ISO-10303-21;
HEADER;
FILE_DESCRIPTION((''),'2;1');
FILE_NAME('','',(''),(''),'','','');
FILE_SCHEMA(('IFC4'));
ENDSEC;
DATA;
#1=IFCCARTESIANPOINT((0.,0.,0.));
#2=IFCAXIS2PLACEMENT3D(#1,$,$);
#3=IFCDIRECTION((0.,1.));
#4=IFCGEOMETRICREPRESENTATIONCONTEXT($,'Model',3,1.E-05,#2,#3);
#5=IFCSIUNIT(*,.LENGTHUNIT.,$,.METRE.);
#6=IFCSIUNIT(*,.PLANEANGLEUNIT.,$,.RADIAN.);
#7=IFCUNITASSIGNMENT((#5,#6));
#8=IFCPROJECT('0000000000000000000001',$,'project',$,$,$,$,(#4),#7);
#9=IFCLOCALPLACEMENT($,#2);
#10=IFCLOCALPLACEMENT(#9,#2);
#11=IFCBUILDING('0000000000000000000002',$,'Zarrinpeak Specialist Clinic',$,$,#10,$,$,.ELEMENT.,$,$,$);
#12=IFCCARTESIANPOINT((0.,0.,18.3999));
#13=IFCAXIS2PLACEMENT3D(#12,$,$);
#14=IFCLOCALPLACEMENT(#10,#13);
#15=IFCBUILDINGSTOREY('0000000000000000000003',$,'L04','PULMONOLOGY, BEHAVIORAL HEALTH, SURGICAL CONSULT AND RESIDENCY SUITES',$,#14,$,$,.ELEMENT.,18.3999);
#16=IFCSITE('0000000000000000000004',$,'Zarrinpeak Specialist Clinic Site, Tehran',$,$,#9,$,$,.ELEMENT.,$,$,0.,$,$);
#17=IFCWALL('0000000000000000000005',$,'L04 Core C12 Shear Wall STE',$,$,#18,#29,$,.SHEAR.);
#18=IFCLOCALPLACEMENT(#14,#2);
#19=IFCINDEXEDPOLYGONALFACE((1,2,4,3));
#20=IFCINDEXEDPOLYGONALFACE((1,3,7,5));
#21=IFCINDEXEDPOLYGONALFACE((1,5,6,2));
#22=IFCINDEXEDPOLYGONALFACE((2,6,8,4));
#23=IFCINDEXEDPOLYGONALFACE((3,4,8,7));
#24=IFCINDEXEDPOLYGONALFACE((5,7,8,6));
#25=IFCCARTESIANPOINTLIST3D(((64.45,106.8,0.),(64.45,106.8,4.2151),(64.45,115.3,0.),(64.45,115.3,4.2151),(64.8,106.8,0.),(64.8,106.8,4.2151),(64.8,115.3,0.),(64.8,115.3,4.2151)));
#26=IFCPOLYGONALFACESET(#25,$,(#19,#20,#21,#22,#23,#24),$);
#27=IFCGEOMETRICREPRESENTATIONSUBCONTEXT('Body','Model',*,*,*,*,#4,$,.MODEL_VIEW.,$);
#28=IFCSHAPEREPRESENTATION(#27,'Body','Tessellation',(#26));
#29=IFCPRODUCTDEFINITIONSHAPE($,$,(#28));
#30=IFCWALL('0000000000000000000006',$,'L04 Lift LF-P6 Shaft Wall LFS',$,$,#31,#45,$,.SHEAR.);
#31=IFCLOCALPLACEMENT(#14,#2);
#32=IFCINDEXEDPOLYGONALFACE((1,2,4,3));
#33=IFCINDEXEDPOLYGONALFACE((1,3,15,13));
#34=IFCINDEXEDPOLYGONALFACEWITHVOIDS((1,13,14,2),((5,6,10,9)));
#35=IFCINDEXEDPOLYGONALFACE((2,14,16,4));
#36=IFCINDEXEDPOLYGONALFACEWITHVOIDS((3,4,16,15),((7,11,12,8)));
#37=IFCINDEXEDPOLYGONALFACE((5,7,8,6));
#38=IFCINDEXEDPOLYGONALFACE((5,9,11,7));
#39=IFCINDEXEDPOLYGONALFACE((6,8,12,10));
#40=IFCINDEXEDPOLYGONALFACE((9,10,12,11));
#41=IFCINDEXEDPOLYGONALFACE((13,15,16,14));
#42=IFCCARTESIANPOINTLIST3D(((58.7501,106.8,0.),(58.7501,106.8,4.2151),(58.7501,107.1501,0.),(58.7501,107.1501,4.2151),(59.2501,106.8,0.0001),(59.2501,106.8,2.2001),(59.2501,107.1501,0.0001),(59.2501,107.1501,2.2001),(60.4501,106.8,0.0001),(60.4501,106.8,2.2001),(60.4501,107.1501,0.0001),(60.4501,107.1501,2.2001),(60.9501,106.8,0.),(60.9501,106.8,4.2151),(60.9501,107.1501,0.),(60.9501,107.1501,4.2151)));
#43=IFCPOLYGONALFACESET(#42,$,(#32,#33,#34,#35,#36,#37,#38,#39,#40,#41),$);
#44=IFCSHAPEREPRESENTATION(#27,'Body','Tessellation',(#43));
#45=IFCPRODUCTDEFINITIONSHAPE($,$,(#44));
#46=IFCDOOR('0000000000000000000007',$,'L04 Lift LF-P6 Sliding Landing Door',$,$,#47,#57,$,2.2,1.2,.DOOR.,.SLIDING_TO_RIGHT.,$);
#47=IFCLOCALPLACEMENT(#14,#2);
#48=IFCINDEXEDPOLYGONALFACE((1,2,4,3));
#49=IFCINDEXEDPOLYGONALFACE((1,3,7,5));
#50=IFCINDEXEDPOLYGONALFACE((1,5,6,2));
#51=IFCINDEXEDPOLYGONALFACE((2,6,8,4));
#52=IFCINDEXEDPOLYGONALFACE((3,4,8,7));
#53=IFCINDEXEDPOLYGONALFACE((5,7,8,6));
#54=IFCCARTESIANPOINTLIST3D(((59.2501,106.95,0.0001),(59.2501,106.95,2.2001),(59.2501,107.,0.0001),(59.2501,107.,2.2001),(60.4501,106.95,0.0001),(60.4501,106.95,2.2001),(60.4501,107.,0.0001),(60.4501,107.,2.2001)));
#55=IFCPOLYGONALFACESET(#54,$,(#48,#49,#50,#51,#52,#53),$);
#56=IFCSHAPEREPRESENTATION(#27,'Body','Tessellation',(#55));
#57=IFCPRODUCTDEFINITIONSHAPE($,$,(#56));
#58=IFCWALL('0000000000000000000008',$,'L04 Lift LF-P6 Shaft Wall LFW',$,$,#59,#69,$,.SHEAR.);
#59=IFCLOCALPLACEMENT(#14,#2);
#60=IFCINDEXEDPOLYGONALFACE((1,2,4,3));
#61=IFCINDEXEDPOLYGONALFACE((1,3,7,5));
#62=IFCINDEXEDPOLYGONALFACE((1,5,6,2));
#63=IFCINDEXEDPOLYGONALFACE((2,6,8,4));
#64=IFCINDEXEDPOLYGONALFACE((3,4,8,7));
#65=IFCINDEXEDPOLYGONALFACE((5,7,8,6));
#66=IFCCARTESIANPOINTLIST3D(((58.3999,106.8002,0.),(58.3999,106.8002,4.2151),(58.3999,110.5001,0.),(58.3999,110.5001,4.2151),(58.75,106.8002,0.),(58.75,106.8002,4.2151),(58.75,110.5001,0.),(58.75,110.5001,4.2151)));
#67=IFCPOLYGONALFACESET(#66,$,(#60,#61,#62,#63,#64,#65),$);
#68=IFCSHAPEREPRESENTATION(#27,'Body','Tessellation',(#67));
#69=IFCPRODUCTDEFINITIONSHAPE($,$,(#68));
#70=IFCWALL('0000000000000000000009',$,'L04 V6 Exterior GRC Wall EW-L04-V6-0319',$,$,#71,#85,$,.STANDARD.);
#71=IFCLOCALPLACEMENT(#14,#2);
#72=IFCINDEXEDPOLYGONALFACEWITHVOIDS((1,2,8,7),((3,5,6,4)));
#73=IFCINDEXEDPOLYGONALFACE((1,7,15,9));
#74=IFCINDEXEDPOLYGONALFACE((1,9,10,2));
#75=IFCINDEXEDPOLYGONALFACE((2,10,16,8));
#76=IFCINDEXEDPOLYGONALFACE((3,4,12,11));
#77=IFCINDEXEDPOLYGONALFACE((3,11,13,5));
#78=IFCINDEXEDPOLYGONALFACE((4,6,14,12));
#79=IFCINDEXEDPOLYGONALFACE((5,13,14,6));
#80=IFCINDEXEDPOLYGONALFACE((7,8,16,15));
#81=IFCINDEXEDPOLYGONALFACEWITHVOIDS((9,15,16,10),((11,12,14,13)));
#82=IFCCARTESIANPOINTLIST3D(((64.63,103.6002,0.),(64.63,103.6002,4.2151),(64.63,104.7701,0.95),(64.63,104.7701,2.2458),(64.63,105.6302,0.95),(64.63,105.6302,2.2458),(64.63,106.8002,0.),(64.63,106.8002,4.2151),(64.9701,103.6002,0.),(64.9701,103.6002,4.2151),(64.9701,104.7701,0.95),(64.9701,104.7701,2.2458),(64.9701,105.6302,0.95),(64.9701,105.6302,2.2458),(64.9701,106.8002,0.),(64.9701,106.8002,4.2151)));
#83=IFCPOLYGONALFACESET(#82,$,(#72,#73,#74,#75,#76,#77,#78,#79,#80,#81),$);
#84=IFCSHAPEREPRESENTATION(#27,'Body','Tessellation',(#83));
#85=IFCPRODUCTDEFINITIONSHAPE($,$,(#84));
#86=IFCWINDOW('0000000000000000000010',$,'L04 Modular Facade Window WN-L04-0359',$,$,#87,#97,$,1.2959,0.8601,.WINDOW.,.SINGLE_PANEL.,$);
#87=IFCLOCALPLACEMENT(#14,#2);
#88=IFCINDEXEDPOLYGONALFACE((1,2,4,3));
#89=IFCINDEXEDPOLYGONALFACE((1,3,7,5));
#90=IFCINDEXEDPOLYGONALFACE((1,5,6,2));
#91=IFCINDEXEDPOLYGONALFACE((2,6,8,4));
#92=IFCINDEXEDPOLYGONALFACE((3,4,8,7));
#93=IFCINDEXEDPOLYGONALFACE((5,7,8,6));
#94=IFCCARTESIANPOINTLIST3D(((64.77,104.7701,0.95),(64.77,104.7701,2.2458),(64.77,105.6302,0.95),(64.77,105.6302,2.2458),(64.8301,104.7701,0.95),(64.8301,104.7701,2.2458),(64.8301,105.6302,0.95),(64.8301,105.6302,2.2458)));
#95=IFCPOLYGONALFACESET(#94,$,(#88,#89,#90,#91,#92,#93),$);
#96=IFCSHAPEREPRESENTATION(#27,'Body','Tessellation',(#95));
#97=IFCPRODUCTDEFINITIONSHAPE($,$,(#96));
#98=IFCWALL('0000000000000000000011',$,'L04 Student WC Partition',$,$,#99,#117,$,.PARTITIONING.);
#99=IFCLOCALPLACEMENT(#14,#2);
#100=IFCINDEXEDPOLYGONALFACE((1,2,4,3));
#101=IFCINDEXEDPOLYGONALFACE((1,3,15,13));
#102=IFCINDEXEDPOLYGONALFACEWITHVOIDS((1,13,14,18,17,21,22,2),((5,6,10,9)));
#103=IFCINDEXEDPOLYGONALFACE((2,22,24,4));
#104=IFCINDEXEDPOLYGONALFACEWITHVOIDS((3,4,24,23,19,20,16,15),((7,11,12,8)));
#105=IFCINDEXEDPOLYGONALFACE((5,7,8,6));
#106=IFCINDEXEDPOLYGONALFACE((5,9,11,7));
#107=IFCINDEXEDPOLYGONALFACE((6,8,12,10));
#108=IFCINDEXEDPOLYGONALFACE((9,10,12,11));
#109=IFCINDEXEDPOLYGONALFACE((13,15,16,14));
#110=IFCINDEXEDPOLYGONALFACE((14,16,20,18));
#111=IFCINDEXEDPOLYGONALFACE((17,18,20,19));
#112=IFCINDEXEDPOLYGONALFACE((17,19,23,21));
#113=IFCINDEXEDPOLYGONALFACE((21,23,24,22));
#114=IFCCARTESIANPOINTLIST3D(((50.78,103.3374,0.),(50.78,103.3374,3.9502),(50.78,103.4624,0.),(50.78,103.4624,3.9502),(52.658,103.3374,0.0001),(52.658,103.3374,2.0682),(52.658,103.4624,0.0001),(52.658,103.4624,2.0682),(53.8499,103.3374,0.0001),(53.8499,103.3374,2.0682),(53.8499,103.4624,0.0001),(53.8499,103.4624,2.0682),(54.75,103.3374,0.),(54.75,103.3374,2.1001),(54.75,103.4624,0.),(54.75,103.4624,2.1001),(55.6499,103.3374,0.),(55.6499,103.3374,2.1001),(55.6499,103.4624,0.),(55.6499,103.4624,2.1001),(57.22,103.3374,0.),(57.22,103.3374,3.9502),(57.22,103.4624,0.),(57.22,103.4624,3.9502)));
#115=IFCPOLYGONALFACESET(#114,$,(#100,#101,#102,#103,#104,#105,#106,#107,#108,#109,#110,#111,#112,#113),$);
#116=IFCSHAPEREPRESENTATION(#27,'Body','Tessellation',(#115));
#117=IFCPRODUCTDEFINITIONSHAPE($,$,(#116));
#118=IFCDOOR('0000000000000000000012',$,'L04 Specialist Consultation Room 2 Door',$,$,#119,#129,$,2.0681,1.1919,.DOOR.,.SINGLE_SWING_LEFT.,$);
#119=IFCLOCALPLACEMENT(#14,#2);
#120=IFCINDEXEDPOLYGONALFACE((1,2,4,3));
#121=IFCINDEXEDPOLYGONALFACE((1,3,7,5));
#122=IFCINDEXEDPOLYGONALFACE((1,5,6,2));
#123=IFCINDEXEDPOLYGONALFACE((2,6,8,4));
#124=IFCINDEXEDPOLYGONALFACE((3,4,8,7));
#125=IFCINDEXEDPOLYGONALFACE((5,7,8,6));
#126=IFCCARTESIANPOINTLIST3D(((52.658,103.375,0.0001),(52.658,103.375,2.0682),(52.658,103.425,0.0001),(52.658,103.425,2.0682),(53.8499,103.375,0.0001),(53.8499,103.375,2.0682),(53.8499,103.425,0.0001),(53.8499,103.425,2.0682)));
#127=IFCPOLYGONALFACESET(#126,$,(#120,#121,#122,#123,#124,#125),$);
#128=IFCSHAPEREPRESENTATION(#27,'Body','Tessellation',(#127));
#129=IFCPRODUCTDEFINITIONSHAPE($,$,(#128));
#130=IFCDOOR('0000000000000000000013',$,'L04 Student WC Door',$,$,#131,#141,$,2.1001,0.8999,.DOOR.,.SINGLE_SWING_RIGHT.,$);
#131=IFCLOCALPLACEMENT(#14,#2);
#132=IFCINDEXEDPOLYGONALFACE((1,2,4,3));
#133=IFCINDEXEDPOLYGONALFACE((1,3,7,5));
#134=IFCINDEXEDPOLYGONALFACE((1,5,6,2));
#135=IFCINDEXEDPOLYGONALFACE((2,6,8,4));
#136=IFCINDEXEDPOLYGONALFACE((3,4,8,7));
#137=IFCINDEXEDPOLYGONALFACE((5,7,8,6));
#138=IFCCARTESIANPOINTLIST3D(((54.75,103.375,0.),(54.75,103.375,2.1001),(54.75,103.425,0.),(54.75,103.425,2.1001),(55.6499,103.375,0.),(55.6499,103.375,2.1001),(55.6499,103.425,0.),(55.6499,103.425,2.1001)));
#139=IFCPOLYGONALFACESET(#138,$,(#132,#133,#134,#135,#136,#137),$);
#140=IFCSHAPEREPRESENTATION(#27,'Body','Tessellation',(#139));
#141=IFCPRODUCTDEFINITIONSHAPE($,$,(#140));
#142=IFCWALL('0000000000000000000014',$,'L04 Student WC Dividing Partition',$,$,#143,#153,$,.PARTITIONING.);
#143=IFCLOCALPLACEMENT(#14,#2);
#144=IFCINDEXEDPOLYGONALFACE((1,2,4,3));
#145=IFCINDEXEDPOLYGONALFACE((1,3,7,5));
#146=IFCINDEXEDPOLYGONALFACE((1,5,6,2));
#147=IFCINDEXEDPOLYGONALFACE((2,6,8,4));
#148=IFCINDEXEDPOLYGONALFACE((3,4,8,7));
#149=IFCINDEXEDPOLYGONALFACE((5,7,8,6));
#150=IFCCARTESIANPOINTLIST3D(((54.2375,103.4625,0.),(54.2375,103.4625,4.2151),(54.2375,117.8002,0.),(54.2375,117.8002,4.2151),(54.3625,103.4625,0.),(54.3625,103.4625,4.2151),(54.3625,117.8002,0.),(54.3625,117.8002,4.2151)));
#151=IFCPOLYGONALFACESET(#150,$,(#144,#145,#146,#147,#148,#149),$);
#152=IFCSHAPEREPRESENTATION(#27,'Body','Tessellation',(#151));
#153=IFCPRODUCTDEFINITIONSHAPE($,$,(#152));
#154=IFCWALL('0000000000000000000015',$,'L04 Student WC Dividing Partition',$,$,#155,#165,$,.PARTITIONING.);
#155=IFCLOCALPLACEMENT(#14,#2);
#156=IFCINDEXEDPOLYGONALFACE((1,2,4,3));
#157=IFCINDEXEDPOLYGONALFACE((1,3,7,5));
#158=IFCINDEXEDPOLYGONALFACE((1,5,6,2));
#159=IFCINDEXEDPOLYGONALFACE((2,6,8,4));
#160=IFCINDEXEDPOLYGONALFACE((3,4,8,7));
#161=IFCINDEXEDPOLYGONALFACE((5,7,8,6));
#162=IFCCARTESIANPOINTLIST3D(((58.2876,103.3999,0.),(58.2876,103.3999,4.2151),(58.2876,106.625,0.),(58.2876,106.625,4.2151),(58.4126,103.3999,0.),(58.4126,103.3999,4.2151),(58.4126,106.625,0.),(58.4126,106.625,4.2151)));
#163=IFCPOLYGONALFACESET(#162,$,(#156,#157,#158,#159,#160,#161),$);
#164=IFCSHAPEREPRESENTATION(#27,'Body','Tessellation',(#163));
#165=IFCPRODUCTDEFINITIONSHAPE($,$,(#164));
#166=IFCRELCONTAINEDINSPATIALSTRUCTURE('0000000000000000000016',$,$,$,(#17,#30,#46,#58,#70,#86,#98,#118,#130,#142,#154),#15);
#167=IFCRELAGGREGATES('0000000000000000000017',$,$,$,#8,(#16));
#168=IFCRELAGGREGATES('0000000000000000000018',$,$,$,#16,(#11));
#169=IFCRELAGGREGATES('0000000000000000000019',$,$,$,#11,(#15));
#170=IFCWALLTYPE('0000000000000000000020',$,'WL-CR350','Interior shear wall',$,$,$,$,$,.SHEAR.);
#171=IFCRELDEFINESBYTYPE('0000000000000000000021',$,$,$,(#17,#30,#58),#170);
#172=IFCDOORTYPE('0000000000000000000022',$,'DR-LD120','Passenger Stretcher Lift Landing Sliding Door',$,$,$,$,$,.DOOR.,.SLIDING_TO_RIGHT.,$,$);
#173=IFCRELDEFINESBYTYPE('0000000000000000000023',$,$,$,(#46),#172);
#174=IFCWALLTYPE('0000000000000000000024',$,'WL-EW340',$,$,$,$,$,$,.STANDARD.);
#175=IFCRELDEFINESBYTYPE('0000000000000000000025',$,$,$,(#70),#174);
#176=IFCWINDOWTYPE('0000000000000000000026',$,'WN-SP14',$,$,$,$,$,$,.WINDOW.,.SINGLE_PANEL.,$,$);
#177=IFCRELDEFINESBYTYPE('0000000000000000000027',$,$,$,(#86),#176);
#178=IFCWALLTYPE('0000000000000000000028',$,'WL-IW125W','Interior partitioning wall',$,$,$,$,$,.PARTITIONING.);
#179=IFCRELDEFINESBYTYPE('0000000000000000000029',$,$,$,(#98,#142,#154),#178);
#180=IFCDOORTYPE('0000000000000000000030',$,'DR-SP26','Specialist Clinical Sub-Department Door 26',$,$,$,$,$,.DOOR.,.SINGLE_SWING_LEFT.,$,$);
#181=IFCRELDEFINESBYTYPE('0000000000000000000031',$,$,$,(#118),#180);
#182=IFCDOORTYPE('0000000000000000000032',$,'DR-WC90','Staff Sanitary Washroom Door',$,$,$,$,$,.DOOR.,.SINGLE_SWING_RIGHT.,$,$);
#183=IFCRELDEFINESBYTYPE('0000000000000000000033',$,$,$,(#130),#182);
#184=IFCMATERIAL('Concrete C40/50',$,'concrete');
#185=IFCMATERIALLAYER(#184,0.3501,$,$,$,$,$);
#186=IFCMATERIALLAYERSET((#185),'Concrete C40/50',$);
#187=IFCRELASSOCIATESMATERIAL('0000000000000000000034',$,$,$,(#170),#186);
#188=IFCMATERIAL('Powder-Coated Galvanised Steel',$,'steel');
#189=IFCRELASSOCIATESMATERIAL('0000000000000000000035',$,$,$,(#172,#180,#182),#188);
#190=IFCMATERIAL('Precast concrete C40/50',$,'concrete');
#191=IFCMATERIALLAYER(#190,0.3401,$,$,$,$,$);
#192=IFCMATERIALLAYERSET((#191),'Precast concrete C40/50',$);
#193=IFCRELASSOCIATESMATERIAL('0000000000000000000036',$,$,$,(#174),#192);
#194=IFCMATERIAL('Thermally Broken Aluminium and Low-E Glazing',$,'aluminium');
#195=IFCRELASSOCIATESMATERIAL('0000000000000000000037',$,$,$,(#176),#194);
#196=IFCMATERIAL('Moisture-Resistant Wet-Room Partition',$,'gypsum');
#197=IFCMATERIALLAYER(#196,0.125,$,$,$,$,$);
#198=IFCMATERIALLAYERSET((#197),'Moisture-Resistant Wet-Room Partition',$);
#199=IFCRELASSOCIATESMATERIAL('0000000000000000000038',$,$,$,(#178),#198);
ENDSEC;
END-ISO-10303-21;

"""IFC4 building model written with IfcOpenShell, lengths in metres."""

from ifc_helpers import new_model, si_unit, direction, frame, frame_2d, origin, place, context, subcontext, project, spatial, rectangle, extrude, material, layer, layer_set, type_object, element, fill, save


model = new_model("IFC4")

# Units and contexts
model_context = context("Model", 3, precision=1e-05, world=origin(), true_north=direction((0.0, 1.0)))
body_context = subcontext(model_context, "Body", "Model", "MODEL_VIEW")
ifc_project = project(units=[si_unit("LENGTHUNIT", "METRE"), si_unit("PLANEANGLEUNIT", "RADIAN")], contexts=[model_context])

# Site, building, storey
site_placement = place(None, origin())
site = spatial("IfcSite", under=ifc_project, at=site_placement, Name="Zarrinpeak Specialist Clinic Site, Tehran", CompositionType="ELEMENT", RefElevation=0.0)
building_placement = place(site_placement, origin())
building = spatial("IfcBuilding", under=site, at=building_placement, Name="Zarrinpeak Specialist Clinic", CompositionType="ELEMENT")
storey_placement = place(building_placement, frame((0.0, 0.0, 18.3999)))
storey = spatial("IfcBuildingStorey", under=building, at=storey_placement, Name="L04", Description="PULMONOLOGY, BEHAVIORAL HEALTH, SURGICAL CONSULT AND RESIDENCY SUITES", CompositionType="ELEMENT", Elevation=18.3999)

# Wall
ifc_material_1 = material(Name="Concrete C40/50", Category="concrete")
ifc_layer_1 = layer(ifc_material_1, 0.3501)
ifc_layer_set_1 = layer_set([ifc_layer_1], Name="Concrete C40/50")
wall_type_1 = type_object("IfcWallType", Name="WL-CR350", Description="Interior shear wall", PredefinedType="SHEAR", material=ifc_layer_set_1)
for number, where, z_axis, x_axis, name in (
    (1, (64.625, 106.8, 0.0), (0.0, 0.0, 1.0), (0.0, 1.0, 0.0), "L04 Core C12 Shear Wall STE"),
):
    element("IfcWall", number, at=place(storey_placement, frame(where, z_axis=z_axis, x_axis=x_axis)), inside=storey, type_object=wall_type_1, Name=name, PredefinedType="SHEAR", context=body_context, shape_type="SweptSolid", body=[
        extrude(rectangle(XDim=8.5, YDim=0.3501, at=frame_2d((4.25, 0.0))), origin(), (0.0, 0.0, 1.0), 4.2151),
    ])

# Wall, opening, door
wall_1_placement = place(storey_placement, frame((58.75, 106.9751, 0.0), z_axis=(0.0, 0.0, 1.0), x_axis=(1.0, 0.0, 0.0)))
wall_1 = element("IfcWall", 2, at=wall_1_placement, inside=storey, type_object=wall_type_1, Name="L04 Lift LF-P6 Shaft Wall LFS", PredefinedType="SHEAR", context=body_context, shape_type="SweptSolid", body=[
    extrude(rectangle(XDim=2.2, YDim=0.3501, at=frame_2d((1.1001, 0.0))), origin(), (0.0, 0.0, 1.0), 4.2151),
])
opening_1_placement = place(wall_1_placement, frame((0.5, 0.0, 0.0)))
opening_1 = element("IfcOpeningElement", 3, at=opening_1_placement, cuts=wall_1, PredefinedType="OPENING", context=body_context, shape_type="SweptSolid", body=[
    extrude(rectangle(XDim=1.2, YDim=2.2, at=frame_2d((0.6001, 1.1001))), frame((0.0, 0.1851, 0.0), z_axis=(0.0, -1.0, 0.0), x_axis=(1.0, 0.0, 0.0)), (0.0, 0.0, 1.0), 0.3701),
])
ifc_material_2 = material(Name="Powder-Coated Galvanised Steel", Category="steel")
door_type_1 = type_object("IfcDoorType", Name="DR-LD120", Description="Passenger Stretcher Lift Landing Sliding Door", OperationType="SLIDING_TO_RIGHT", PredefinedType="DOOR", material=ifc_material_2)
door_1_placement = place(opening_1_placement, origin())
door_1 = element("IfcDoor", 4, at=door_1_placement, inside=storey, type_object=door_type_1, Name="L04 Lift LF-P6 Sliding Landing Door", OperationType="SLIDING_TO_RIGHT", OverallHeight=2.2, OverallWidth=1.2, PredefinedType="DOOR", context=body_context, shape_type="SweptSolid", body=[
    extrude(rectangle(XDim=1.2, YDim=2.2, at=frame_2d((0.6001, 1.1001))), frame((0.0, 0.0249, 0.0), z_axis=(0.0, -1.0, 0.0), x_axis=(1.0, 0.0, 0.0)), (0.0, 0.0, 1.0), 0.05),
])
fill(opening_1, door_1)

# Wall
wall_2_placement = place(storey_placement, frame((58.575, 106.8, 0.0), z_axis=(0.0, 0.0, 1.0), x_axis=(0.0, 1.0, 0.0)))
element("IfcWall", 5, at=wall_2_placement, inside=storey, type_object=wall_type_1, Name="L04 Lift LF-P6 Shaft Wall LFW", PredefinedType="SHEAR", context=body_context, shape_type="SweptSolid", body=[
    extrude(rectangle(XDim=3.7, YDim=0.3501, at=frame_2d((1.8501, 0.0))), origin(), (0.0, 0.0, 1.0), 4.2151),
])

# Wall, opening, window
ifc_material_3 = material(Name="Precast concrete C40/50", Category="concrete")
ifc_layer_2 = layer(ifc_material_3, 0.3401)
ifc_layer_set_2 = layer_set([ifc_layer_2], Name="Precast concrete C40/50")
wall_type_2 = type_object("IfcWallType", Name="WL-EW340", PredefinedType="STANDARD", material=ifc_layer_set_2)
wall_3_placement = place(storey_placement, frame((64.8, 103.6001, 0.0), z_axis=(0.0, 0.0, 1.0), x_axis=(0.0, 1.0, 0.0)))
wall_3 = element("IfcWall", 6, at=wall_3_placement, inside=storey, type_object=wall_type_2, Name="L04 V6 Exterior GRC Wall EW-L04-V6-0319", PredefinedType="STANDARD", context=body_context, shape_type="SweptSolid", body=[
    extrude(rectangle(XDim=3.2, YDim=0.3401, at=frame_2d((1.6001, 0.0))), origin(), (0.0, 0.0, 1.0), 4.2151),
])
opening_2_placement = place(wall_3_placement, frame((1.1699, 0.0, 0.95)))
opening_2 = element("IfcOpeningElement", 7, at=opening_2_placement, cuts=wall_3, PredefinedType="OPENING", context=body_context, shape_type="SweptSolid", body=[
    extrude(rectangle(XDim=0.8601, YDim=1.2959, at=frame_2d((0.4302, 0.6479))), frame((0.0, 0.1802, 0.0), z_axis=(0.0, -1.0, 0.0), x_axis=(1.0, 0.0, 0.0)), (0.0, 0.0, 1.0), 0.3601),
])
ifc_material_4 = material(Name="Thermally Broken Aluminium and Low-E Glazing", Category="aluminium")
window_type = type_object("IfcWindowType", Name="WN-SP14", PartitioningType="SINGLE_PANEL", PredefinedType="WINDOW", material=ifc_material_4)
window_placement = place(opening_2_placement, origin())
window = element("IfcWindow", 8, at=window_placement, inside=storey, type_object=window_type, Name="L04 Modular Facade Window WN-L04-0359", OverallHeight=1.2959, OverallWidth=0.8601, PartitioningType="SINGLE_PANEL", PredefinedType="WINDOW", context=body_context, shape_type="SweptSolid", body=[
    extrude(rectangle(XDim=0.8601, YDim=1.2959, at=frame_2d((0.4302, 0.6479))), frame((0.0, 0.03, 0.0), z_axis=(0.0, -1.0, 0.0), x_axis=(1.0, 0.0, 0.0)), (0.0, 0.0, 1.0), 0.0601),
])
fill(opening_2, window)

# Wall, openings, doors
ifc_material_5 = material(Name="Moisture-Resistant Wet-Room Partition", Category="gypsum")
ifc_layer_3 = layer(ifc_material_5, 0.125)
ifc_layer_set_3 = layer_set([ifc_layer_3], Name="Moisture-Resistant Wet-Room Partition")
wall_type_3 = type_object("IfcWallType", Name="WL-IW125W", Description="Interior partitioning wall", PredefinedType="PARTITIONING", material=ifc_layer_set_3)
wall_4_placement = place(storey_placement, frame((50.78, 103.3999, 0.0), z_axis=(0.0, 0.0, 1.0), x_axis=(1.0, 0.0, 0.0)))
wall_4 = element("IfcWall", 9, at=wall_4_placement, inside=storey, type_object=wall_type_3, Name="L04 Student WC Partition", PredefinedType="PARTITIONING", context=body_context, shape_type="SweptSolid", body=[
    extrude(rectangle(XDim=6.4399, YDim=0.125, at=frame_2d((3.22, 0.0))), origin(), (0.0, 0.0, 1.0), 3.9502),
])
opening_3_placement = place(wall_4_placement, frame((3.97, 0.0, 0.0)))
opening_3 = element("IfcOpeningElement", 10, at=opening_3_placement, cuts=wall_4, PredefinedType="OPENING", context=body_context, shape_type="SweptSolid", body=[
    extrude(rectangle(XDim=0.8999, YDim=2.1001, at=frame_2d((0.45, 1.05))), frame((0.0, 0.0725, 0.0), z_axis=(0.0, -1.0, 0.0), x_axis=(1.0, 0.0, 0.0)), (0.0, 0.0, 1.0), 0.145),
])
opening_4_placement = place(wall_4_placement, frame((1.8779, 0.0, 0.0)))
opening_4 = element("IfcOpeningElement", 11, at=opening_4_placement, cuts=wall_4, PredefinedType="OPENING", context=body_context, shape_type="SweptSolid", body=[
    extrude(rectangle(XDim=1.1919, YDim=2.0681, at=frame_2d((0.5959, 1.0342))), frame((0.0, 0.0725, 0.0), z_axis=(0.0, -1.0, 0.0), x_axis=(1.0, 0.0, 0.0)), (0.0, 0.0, 1.0), 0.145),
])
door_type_2 = type_object("IfcDoorType", Name="DR-SP26", Description="Specialist Clinical Sub-Department Door 26", OperationType="SINGLE_SWING_LEFT", PredefinedType="DOOR", material=ifc_material_2)
door_2_placement = place(opening_4_placement, frame((1.1919, 0.0, 0.0), z_axis=(0.0, 0.0, 1.0), x_axis=(-1.0, 0.0, 0.0)))
door_2 = element("IfcDoor", 12, at=door_2_placement, inside=storey, type_object=door_type_2, Name="L04 Specialist Consultation Room 2 Door", OperationType="SINGLE_SWING_LEFT", OverallHeight=2.0681, OverallWidth=1.1919, PredefinedType="DOOR", context=body_context, shape_type="SweptSolid", body=[
    extrude(rectangle(XDim=1.1919, YDim=2.0681, at=frame_2d((0.5959, 1.0342))), frame((0.0, 0.0249, 0.0), z_axis=(0.0, -1.0, 0.0), x_axis=(1.0, 0.0, 0.0)), (0.0, 0.0, 1.0), 0.05),
])
fill(opening_4, door_2)
door_type_3 = type_object("IfcDoorType", Name="DR-WC90", Description="Staff Sanitary Washroom Door", OperationType="SINGLE_SWING_RIGHT", PredefinedType="DOOR", material=ifc_material_2)
door_3_placement = place(opening_3_placement, frame((0.8999, 0.0, 0.0), z_axis=(0.0, 0.0, 1.0), x_axis=(-1.0, 0.0, 0.0)))
door_3 = element("IfcDoor", 13, at=door_3_placement, inside=storey, type_object=door_type_3, Name="L04 Student WC Door", OperationType="SINGLE_SWING_RIGHT", OverallHeight=2.1001, OverallWidth=0.8999, PredefinedType="DOOR", context=body_context, shape_type="SweptSolid", body=[
    extrude(rectangle(XDim=0.8999, YDim=2.1001, at=frame_2d((0.45, 1.05))), frame((0.0, 0.0249, 0.0), z_axis=(0.0, -1.0, 0.0), x_axis=(1.0, 0.0, 0.0)), (0.0, 0.0, 1.0), 0.05),
])
fill(opening_3, door_3)

# Walls
wall_5_placement = place(storey_placement, frame((54.3, 103.4624, 0.0), z_axis=(0.0, 0.0, 1.0), x_axis=(0.0, 1.0, 0.0)))
element("IfcWall", 14, at=wall_5_placement, inside=storey, type_object=wall_type_3, Name="L04 Student WC Dividing Partition", PredefinedType="PARTITIONING", context=body_context, shape_type="SweptSolid", body=[
    extrude(rectangle(XDim=14.3376, YDim=0.125, at=frame_2d((7.1689, 0.0))), origin(), (0.0, 0.0, 1.0), 4.2151),
])
wall_6_placement = place(storey_placement, frame((58.3501, 103.3999, 0.0), z_axis=(0.0, 0.0, 1.0), x_axis=(0.0, 1.0, 0.0)))
element("IfcWall", 15, at=wall_6_placement, inside=storey, type_object=wall_type_3, Name="L04 Student WC Dividing Partition", PredefinedType="PARTITIONING", context=body_context, shape_type="SweptSolid", body=[
    extrude(rectangle(XDim=3.2251, YDim=0.125, at=frame_2d((1.6125, 0.0))), origin(), (0.0, 0.0, 1.0), 4.2151),
])

save(model, "model.ifc")
